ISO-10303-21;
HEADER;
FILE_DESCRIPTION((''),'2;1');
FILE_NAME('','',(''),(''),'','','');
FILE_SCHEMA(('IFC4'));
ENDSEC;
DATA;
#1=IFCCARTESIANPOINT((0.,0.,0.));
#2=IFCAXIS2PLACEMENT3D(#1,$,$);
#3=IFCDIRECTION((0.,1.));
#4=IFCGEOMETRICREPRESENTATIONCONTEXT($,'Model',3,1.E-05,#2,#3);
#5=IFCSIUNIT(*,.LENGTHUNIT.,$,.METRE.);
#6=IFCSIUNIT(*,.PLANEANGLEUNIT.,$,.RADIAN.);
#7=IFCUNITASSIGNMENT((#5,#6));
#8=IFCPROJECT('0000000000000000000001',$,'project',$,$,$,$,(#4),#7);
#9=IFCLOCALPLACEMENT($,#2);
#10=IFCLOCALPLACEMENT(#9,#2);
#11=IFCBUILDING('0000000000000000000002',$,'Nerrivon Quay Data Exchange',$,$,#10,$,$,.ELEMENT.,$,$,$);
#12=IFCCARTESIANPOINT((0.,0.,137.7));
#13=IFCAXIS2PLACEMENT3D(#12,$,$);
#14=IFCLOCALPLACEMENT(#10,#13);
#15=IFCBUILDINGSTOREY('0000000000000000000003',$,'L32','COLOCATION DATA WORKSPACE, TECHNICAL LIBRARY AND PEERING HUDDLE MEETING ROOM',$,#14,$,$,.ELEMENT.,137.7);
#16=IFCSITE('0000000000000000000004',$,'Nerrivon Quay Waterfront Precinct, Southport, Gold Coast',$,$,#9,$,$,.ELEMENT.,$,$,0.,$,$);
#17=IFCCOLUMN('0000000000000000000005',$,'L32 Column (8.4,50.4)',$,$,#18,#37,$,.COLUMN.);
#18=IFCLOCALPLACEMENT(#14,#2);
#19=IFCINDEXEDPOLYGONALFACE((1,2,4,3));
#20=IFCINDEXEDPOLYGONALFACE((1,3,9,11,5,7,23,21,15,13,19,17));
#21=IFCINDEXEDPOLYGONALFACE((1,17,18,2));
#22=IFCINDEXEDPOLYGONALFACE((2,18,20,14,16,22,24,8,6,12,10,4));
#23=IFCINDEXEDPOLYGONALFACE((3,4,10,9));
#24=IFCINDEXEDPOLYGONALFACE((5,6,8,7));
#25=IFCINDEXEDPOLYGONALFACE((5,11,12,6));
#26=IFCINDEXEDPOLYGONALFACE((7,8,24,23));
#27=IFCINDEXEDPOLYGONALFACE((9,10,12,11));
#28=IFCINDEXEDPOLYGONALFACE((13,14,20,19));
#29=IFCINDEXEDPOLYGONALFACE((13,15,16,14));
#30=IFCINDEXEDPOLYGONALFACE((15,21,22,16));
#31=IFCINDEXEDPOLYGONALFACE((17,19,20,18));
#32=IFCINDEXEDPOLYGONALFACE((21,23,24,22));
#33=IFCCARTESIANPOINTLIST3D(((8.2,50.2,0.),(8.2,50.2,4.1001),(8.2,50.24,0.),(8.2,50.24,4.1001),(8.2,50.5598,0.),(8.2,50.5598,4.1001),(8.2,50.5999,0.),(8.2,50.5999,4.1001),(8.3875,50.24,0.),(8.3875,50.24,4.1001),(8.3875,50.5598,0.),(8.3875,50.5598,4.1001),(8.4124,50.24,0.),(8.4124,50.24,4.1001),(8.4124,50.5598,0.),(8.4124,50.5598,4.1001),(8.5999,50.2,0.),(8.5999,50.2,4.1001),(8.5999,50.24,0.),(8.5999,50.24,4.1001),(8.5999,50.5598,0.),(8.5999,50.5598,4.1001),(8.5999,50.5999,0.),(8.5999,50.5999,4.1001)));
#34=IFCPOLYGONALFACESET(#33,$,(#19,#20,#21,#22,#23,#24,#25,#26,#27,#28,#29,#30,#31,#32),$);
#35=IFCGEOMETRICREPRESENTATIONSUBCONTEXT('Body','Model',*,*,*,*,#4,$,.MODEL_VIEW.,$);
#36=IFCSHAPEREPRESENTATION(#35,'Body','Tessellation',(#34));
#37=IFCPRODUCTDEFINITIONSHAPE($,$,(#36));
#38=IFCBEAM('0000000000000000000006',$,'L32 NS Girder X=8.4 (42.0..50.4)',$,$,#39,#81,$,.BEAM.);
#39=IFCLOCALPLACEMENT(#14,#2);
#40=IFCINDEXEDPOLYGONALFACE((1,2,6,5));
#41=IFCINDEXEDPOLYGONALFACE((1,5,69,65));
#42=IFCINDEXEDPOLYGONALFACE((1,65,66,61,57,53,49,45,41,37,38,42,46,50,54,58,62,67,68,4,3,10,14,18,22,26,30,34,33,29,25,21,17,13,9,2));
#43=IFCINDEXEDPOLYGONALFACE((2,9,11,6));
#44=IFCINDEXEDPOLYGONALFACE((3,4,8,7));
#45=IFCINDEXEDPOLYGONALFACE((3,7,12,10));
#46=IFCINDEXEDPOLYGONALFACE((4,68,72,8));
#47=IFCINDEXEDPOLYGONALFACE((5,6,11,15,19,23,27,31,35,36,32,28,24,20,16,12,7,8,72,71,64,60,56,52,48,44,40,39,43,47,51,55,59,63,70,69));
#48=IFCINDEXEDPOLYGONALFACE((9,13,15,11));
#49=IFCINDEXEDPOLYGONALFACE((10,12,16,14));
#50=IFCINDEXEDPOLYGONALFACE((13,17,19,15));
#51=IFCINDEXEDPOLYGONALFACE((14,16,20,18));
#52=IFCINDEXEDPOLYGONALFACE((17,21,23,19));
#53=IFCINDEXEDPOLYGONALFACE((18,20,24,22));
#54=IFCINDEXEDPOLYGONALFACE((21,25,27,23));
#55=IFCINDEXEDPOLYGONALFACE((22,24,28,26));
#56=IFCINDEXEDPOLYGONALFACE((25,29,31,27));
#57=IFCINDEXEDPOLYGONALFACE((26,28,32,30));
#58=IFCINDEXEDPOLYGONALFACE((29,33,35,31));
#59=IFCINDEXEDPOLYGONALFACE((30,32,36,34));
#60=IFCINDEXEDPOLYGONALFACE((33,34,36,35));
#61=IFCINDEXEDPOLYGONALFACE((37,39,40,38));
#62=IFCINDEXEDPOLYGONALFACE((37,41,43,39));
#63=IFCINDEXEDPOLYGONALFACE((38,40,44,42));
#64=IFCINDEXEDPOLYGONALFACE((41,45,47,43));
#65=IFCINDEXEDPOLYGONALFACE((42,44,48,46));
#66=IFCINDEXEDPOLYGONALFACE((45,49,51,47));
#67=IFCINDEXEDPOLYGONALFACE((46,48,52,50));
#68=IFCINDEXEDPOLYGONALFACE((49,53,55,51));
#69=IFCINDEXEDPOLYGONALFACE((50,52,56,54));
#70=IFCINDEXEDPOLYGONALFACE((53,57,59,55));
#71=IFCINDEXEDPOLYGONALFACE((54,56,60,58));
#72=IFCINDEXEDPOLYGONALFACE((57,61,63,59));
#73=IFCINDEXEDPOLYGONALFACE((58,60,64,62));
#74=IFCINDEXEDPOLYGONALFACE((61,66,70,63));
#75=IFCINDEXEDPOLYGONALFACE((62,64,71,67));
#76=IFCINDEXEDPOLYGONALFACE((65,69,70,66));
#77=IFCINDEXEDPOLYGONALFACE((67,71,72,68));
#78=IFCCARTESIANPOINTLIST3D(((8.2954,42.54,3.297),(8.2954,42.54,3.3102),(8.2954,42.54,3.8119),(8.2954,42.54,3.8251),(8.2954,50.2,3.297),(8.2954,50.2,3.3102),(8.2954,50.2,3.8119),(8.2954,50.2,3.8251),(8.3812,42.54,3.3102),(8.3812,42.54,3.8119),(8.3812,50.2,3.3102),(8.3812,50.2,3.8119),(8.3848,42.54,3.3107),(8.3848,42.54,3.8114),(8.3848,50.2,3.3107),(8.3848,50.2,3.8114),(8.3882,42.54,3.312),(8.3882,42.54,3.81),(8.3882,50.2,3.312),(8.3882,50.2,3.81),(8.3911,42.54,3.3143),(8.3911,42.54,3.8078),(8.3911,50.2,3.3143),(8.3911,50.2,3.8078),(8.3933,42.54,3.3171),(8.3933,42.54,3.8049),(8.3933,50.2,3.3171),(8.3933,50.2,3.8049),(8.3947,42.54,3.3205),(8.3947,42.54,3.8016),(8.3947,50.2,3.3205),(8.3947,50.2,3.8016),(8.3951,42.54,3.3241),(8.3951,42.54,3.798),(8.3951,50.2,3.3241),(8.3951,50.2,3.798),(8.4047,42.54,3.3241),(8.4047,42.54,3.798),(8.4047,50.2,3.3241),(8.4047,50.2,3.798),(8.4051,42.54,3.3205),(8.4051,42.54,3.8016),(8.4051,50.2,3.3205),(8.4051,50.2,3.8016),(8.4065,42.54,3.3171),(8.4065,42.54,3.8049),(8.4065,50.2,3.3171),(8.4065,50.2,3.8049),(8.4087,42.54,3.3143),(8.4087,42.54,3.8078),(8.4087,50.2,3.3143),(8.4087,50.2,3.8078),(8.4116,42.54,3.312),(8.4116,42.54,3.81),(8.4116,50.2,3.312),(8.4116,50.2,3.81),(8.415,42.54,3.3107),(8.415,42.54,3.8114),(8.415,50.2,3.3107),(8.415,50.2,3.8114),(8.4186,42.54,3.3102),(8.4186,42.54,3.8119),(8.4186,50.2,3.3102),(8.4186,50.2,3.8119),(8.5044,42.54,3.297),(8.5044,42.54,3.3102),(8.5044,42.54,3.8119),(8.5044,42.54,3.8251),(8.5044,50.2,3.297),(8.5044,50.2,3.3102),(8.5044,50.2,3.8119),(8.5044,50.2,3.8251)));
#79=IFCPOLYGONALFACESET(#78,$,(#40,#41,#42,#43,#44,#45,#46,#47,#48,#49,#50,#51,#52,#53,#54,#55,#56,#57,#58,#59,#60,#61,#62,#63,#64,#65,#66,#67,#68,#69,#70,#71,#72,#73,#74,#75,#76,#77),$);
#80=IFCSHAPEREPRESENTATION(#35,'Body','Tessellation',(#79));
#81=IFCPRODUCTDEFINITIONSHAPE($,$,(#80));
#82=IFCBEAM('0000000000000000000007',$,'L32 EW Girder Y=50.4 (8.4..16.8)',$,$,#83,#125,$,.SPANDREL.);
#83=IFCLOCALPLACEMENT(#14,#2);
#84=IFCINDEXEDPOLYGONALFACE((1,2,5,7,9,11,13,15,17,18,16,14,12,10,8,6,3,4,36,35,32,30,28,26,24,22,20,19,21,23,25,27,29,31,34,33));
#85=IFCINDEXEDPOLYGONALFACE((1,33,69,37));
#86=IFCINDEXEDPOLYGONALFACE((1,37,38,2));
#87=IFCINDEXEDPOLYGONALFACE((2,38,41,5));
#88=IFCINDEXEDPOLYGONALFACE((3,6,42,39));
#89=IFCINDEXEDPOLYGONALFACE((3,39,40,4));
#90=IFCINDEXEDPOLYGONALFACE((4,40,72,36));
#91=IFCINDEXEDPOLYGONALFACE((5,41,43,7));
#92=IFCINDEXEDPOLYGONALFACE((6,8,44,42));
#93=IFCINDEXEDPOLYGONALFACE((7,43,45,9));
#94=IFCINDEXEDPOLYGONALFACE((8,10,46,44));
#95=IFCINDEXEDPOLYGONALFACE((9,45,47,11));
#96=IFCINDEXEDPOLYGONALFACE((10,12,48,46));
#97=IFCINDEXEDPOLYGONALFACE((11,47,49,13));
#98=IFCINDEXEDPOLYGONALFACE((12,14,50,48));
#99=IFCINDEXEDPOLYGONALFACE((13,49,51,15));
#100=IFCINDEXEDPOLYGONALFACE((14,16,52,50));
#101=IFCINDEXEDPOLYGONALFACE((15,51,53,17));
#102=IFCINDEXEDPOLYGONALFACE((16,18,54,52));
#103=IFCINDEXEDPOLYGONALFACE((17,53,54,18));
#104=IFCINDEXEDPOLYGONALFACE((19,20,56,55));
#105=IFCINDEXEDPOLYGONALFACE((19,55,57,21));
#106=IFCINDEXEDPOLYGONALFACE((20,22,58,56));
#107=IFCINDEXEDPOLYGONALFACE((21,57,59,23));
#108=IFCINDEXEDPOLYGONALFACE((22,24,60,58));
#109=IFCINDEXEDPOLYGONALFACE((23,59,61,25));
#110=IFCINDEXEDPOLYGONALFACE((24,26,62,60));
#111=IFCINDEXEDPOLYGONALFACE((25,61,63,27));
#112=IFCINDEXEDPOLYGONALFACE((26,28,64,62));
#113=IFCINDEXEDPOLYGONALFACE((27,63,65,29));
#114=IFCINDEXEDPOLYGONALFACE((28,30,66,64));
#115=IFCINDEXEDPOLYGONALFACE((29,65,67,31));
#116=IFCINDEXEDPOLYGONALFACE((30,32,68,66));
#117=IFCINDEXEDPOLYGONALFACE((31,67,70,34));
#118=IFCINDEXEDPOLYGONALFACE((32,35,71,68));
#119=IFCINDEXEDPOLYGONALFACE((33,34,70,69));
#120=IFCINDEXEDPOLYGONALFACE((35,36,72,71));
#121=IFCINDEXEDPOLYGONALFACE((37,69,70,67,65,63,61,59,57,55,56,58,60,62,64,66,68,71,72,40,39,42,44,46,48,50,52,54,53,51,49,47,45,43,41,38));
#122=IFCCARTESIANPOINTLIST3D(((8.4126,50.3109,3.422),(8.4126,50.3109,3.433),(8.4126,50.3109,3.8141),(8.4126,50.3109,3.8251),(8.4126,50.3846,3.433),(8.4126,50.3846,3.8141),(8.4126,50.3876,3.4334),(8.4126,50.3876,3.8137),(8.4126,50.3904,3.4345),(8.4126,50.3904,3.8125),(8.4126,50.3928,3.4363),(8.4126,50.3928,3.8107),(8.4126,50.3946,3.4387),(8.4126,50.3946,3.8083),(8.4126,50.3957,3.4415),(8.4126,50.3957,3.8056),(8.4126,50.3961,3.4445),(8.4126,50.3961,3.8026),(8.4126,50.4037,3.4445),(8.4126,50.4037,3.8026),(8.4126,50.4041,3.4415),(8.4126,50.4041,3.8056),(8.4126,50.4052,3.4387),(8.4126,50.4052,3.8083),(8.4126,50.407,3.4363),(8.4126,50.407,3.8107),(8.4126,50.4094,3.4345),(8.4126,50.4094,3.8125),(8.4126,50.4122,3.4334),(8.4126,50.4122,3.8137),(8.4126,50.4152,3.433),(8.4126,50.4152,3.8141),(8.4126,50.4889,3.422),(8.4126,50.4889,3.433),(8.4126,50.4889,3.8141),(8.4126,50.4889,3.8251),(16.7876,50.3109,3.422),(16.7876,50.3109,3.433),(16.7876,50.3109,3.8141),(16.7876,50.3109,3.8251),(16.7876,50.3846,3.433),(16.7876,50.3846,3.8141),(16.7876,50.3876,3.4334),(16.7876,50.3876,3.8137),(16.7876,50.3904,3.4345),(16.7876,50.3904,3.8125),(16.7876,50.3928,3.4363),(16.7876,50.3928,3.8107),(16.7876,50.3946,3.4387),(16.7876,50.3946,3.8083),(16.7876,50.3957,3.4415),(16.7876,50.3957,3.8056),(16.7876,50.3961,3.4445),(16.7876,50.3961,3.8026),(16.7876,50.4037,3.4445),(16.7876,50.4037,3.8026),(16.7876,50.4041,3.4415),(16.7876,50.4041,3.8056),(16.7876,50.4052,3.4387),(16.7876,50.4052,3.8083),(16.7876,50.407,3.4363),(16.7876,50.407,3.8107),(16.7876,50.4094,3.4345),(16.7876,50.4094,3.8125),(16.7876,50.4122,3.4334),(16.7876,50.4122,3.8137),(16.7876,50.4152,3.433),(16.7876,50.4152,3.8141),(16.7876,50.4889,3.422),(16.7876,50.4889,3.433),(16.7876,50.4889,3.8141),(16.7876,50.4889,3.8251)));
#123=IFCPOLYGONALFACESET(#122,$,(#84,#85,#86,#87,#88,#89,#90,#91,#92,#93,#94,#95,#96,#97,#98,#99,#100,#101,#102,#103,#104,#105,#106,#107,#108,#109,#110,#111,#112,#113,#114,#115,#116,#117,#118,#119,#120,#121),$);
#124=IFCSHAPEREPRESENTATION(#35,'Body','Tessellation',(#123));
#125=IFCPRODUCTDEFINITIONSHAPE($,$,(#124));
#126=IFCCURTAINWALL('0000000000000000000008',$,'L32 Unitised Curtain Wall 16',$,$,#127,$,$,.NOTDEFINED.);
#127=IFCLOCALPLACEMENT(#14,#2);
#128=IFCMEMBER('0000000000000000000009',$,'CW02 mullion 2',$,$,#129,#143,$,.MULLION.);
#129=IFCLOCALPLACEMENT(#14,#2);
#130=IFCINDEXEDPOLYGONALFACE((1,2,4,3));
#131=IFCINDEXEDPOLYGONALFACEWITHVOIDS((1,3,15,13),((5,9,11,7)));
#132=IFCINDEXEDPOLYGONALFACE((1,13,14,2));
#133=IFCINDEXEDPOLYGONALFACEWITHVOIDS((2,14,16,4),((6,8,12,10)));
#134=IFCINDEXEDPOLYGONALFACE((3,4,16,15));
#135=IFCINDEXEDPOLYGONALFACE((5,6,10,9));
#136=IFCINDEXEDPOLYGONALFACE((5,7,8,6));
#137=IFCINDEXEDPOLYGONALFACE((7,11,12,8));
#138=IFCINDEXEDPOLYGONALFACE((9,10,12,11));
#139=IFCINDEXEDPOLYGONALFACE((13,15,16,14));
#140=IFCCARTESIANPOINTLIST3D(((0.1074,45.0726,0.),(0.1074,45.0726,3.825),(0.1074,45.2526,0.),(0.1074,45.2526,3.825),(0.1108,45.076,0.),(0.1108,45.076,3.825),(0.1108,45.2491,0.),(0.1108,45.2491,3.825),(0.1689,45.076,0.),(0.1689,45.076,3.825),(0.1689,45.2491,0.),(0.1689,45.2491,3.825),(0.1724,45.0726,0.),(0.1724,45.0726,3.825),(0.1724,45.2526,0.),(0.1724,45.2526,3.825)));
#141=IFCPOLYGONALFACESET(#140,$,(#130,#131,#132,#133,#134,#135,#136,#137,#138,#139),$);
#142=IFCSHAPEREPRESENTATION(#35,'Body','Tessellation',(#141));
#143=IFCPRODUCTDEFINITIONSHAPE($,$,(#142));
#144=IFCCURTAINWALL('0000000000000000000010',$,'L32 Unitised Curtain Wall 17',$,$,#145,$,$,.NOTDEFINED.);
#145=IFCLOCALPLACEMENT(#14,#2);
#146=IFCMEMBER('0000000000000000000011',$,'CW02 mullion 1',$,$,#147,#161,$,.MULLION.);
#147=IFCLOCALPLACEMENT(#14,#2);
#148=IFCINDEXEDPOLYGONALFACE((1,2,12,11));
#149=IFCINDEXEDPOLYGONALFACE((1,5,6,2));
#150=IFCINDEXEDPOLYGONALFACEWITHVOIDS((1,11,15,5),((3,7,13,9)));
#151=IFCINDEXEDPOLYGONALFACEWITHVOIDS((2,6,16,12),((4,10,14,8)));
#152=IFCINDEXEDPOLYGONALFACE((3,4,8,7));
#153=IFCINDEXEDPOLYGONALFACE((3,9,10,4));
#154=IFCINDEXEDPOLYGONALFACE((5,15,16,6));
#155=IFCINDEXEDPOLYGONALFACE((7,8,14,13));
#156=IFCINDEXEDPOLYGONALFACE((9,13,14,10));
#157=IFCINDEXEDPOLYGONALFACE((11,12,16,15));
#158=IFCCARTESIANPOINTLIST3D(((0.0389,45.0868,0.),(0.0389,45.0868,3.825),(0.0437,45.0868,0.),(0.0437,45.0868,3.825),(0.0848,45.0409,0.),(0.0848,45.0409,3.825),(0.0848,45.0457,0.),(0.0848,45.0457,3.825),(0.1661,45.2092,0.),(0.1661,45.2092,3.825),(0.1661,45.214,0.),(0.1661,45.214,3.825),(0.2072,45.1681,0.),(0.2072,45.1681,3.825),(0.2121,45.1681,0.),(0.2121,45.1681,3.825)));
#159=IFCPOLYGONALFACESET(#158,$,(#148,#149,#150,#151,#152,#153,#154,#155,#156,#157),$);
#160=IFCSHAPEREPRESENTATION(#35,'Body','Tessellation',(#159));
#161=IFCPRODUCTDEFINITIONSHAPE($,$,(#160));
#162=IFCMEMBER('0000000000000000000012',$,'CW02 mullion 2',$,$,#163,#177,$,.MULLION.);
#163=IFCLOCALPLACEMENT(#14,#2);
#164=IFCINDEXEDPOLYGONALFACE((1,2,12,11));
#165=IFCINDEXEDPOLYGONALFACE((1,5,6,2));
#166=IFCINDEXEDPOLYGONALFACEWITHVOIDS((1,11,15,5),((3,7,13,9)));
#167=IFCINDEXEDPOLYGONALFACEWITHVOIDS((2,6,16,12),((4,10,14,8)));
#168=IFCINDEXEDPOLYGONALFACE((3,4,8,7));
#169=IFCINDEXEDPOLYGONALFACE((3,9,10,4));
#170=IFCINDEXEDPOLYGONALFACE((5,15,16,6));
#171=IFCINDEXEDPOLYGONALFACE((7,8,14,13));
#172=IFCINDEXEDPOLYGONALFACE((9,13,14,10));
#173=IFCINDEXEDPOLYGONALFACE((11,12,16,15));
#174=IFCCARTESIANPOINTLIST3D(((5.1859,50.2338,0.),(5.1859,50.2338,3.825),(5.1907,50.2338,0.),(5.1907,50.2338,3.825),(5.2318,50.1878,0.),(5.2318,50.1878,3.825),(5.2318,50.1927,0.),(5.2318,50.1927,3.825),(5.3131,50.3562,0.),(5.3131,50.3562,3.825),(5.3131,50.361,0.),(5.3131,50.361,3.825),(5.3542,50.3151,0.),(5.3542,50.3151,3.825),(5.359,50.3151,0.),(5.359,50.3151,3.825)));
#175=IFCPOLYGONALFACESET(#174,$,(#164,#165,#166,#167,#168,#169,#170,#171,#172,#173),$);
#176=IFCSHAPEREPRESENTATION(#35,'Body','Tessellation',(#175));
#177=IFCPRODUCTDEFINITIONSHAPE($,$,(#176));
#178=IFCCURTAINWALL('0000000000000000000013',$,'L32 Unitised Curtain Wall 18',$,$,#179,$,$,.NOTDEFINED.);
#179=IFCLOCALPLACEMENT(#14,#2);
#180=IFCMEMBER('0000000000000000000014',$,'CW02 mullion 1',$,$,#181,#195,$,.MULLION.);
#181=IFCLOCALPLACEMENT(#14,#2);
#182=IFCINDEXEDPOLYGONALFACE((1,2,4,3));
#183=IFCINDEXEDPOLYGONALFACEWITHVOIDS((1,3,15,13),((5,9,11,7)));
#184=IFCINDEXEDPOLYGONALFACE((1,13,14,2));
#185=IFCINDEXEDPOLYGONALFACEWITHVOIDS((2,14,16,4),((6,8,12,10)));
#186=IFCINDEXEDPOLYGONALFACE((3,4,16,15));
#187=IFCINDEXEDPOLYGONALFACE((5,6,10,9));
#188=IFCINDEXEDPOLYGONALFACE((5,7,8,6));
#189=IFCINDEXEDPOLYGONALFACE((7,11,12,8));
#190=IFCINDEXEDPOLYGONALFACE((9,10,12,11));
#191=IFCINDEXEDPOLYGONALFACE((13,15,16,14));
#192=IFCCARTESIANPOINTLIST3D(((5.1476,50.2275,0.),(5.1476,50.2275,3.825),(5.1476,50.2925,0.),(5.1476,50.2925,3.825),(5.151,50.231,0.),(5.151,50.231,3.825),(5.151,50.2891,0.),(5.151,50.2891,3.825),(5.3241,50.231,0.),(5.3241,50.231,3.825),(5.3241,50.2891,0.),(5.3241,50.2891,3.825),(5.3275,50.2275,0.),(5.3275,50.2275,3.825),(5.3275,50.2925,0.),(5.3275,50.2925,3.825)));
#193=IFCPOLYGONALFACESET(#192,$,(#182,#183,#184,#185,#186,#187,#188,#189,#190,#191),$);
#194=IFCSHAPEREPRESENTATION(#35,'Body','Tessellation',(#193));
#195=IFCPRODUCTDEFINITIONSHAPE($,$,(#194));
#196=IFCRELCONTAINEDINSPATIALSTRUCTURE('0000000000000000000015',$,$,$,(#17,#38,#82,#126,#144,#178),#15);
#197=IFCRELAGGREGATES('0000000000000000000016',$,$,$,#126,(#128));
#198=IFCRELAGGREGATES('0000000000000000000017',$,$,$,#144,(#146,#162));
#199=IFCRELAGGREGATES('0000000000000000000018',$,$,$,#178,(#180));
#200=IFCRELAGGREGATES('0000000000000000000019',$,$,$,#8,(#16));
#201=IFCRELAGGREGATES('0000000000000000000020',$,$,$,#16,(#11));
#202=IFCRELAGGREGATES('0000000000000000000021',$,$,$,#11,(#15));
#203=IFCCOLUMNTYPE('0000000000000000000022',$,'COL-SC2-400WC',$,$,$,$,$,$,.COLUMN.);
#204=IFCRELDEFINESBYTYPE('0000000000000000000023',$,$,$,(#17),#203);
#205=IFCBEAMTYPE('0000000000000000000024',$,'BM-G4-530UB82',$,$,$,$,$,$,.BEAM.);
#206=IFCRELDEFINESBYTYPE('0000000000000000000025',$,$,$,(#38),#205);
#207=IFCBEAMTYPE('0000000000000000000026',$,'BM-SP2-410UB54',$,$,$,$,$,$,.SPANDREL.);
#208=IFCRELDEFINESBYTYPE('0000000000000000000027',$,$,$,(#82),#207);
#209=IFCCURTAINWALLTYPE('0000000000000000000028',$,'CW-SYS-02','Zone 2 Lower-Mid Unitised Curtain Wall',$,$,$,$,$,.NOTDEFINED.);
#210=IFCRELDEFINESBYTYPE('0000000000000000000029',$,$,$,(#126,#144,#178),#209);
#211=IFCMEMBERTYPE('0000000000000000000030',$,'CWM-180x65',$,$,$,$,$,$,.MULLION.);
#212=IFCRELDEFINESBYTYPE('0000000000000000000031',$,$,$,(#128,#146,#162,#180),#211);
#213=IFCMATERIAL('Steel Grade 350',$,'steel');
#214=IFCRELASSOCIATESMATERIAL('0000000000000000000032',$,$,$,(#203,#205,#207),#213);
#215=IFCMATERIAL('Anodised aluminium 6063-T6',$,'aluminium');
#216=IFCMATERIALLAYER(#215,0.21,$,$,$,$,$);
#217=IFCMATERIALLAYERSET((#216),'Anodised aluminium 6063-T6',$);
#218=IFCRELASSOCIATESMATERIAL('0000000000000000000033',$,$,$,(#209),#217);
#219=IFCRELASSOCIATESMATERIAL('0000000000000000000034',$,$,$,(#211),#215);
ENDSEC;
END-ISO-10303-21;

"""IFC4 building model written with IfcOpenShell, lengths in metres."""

from ifc_helpers import new_model, si_unit, direction, frame, origin, origin_2d, place, context, subcontext, project, spatial, hollow_rectangle, i_section, extrude, material, layer, layer_set, material_profile, profile_set, type_object, element, aggregate, save


model = new_model("IFC4")

# Units and contexts
model_context = context("Model", 3, precision=1e-05, world=origin(), true_north=direction((0.0, 1.0)))
body_context = subcontext(model_context, "Body", "Model", "MODEL_VIEW")
ifc_project = project(units=[si_unit("LENGTHUNIT", "METRE"), si_unit("PLANEANGLEUNIT", "RADIAN")], contexts=[model_context])

# Site, building, storey
site_placement = place(None, origin())
site = spatial("IfcSite", under=ifc_project, at=site_placement, Name="Nerrivon Quay Waterfront Precinct, Southport, Gold Coast", CompositionType="ELEMENT", RefElevation=0.0)
building_placement = place(site_placement, origin())
building = spatial("IfcBuilding", under=site, at=building_placement, Name="Nerrivon Quay Data Exchange", CompositionType="ELEMENT")
storey_placement = place(building_placement, frame((0.0, 0.0, 137.7)))
storey = spatial("IfcBuildingStorey", under=building, at=storey_placement, Name="L32", Description="COLOCATION DATA WORKSPACE, TECHNICAL LIBRARY AND PEERING HUDDLE MEETING ROOM", CompositionType="ELEMENT", Elevation=137.7)

# Column
ifc_material_1 = material(Name="Steel Grade 350", Category="steel")
ifc_material_profile_1 = material_profile(ifc_material_1, i_section(OverallWidth=0.3999, OverallDepth=0.3999, WebThickness=0.0249, FlangeThickness=0.04, at=origin_2d()), Name="400WC328")
ifc_profile_set_1 = profile_set([ifc_material_profile_1], Name="Steel Grade 350")
column_type = type_object("IfcColumnType", Name="COL-SC2-400WC", PredefinedType="COLUMN", material=ifc_profile_set_1)
column_placement = place(storey_placement, frame((8.3999, 50.3999, 0.0), z_axis=(0.0, 0.0, 1.0), x_axis=(1.0, 0.0, 0.0)))
element("IfcColumn", 1, at=column_placement, inside=storey, type_object=column_type, Name="L32 Column (8.4,50.4)", PredefinedType="COLUMN", context=body_context, shape_type="SweptSolid", body=[
    extrude(i_section(OverallWidth=0.3999, OverallDepth=0.3999, WebThickness=0.0249, FlangeThickness=0.04, at=origin_2d()), origin(), (0.0, 0.0, 1.0), 4.1001),
])

# Beams
ifc_material_profile_2 = material_profile(ifc_material_1, i_section(OverallWidth=0.209, OverallDepth=0.5281, WebThickness=0.0095, FlangeThickness=0.0132, FilletRadius=0.0139, at=origin_2d()), Name="530UB82.0")
ifc_profile_set_2 = profile_set([ifc_material_profile_2], Name="Steel Grade 350")
beam_type_1 = type_object("IfcBeamType", Name="BM-G4-530UB82", PredefinedType="BEAM", material=ifc_profile_set_2)
beam_1_placement = place(storey_placement, frame((8.3999, 42.54, 3.561), z_axis=(0.0, 1.0, 0.0), x_axis=(-1.0, 0.0, 0.0)))
element("IfcBeam", 2, at=beam_1_placement, inside=storey, type_object=beam_type_1, Name="L32 NS Girder X=8.4 (42.0..50.4)", PredefinedType="BEAM", context=body_context, shape_type="SweptSolid", body=[
    extrude(i_section(OverallWidth=0.209, OverallDepth=0.5281, WebThickness=0.0095, FlangeThickness=0.0132, FilletRadius=0.0139, at=origin_2d()), origin(), (0.0, 0.0, 1.0), 7.6599),
])
ifc_material_profile_3 = material_profile(ifc_material_1, i_section(OverallWidth=0.178, OverallDepth=0.4031, WebThickness=0.0076, FlangeThickness=0.011, FilletRadius=0.0115, at=origin_2d()), Name="410UB53.7")
ifc_profile_set_3 = profile_set([ifc_material_profile_3], Name="Steel Grade 350")
beam_type_2 = type_object("IfcBeamType", Name="BM-SP2-410UB54", PredefinedType="SPANDREL", material=ifc_profile_set_3)
beam_2_placement = place(storey_placement, frame((8.4126, 50.3999, 3.6235), z_axis=(1.0, 0.0, 0.0), x_axis=(0.0, 1.0, 0.0)))
element("IfcBeam", 3, at=beam_2_placement, inside=storey, type_object=beam_type_2, Name="L32 EW Girder Y=50.4 (8.4..16.8)", PredefinedType="SPANDREL", context=body_context, shape_type="SweptSolid", body=[
    extrude(i_section(OverallWidth=0.178, OverallDepth=0.4031, WebThickness=0.0076, FlangeThickness=0.011, FilletRadius=0.0115, at=origin_2d()), origin(), (0.0, 0.0, 1.0), 8.375),
])

# Curtain wall, member
ifc_material_2 = material(Name="Anodised aluminium 6063-T6", Category="aluminium")
ifc_layer_1 = layer(ifc_material_2, 0.21)
ifc_layer_set_1 = layer_set([ifc_layer_1], Name="Anodised aluminium 6063-T6")
curtain_wall_type = type_object("IfcCurtainWallType", Name="CW-SYS-02", Description="Zone 2 Lower-Mid Unitised Curtain Wall", PredefinedType="NOTDEFINED", material=ifc_layer_set_1)
curtain_wall_1_placement = place(storey_placement, origin())
curtain_wall_1 = element("IfcCurtainWall", 4, at=curtain_wall_1_placement, inside=storey, type_object=curtain_wall_type, Name="L32 Unitised Curtain Wall 16", PredefinedType="NOTDEFINED")
ifc_material_profile_4 = material_profile(ifc_material_2, hollow_rectangle(XDim=0.0649, YDim=0.1799, WallThickness=0.0034, at=origin_2d()), Name="ALU-MULL-180x65")
ifc_profile_set_4 = profile_set([ifc_material_profile_4], Name="Anodised aluminium 6063-T6")
member_type_1 = type_object("IfcMemberType", Name="CWM-180x65", PredefinedType="MULLION", material=ifc_profile_set_4)
member_1_placement = place(storey_placement, frame((0.1399, 45.1626, 0.0), z_axis=(0.0, 0.0, 1.0), x_axis=(-1.0, 0.0, 0.0)))
member_1 = element("IfcMember", 5, at=member_1_placement, type_object=member_type_1, Name="CW02 mullion 2", PredefinedType="MULLION", context=body_context, shape_type="SweptSolid", body=[
    extrude(hollow_rectangle(XDim=0.0649, YDim=0.1799, WallThickness=0.0034, at=origin_2d()), origin(), (0.0, 0.0, 1.0), 3.825),
])

# Curtain walls, members
curtain_wall_2_placement = place(storey_placement, origin())
curtain_wall_2 = element("IfcCurtainWall", 6, at=curtain_wall_2_placement, inside=storey, type_object=curtain_wall_type, Name="L32 Unitised Curtain Wall 17", PredefinedType="NOTDEFINED")
member_2_placement = place(storey_placement, frame((0.1255, 45.1274, 0.0), z_axis=(0.0, 0.0, 1.0), x_axis=(-0.707107, 0.707107, 0.0)))
member_2 = element("IfcMember", 7, at=member_2_placement, type_object=member_type_1, Name="CW02 mullion 1", PredefinedType="MULLION", context=body_context, shape_type="SweptSolid", body=[
    extrude(hollow_rectangle(XDim=0.0649, YDim=0.1799, WallThickness=0.0034, at=origin_2d()), origin(), (0.0, 0.0, 1.0), 3.825),
])
member_3_placement = place(storey_placement, frame((5.2725, 50.2744, 0.0), z_axis=(0.0, 0.0, 1.0), x_axis=(-0.707107, 0.707107, 0.0)))
member_3 = element("IfcMember", 8, at=member_3_placement, type_object=member_type_1, Name="CW02 mullion 2", PredefinedType="MULLION", context=body_context, shape_type="SweptSolid", body=[
    extrude(hollow_rectangle(XDim=0.0649, YDim=0.1799, WallThickness=0.0034, at=origin_2d()), origin(), (0.0, 0.0, 1.0), 3.825),
])
curtain_wall_3_placement = place(storey_placement, origin())
curtain_wall_3 = element("IfcCurtainWall", 9, at=curtain_wall_3_placement, inside=storey, type_object=curtain_wall_type, Name="L32 Unitised Curtain Wall 18", PredefinedType="NOTDEFINED")
member_4_placement = place(storey_placement, frame((5.2375, 50.26, 0.0), z_axis=(0.0, 0.0, 1.0), x_axis=(0.0, 1.0, 0.0)))
member_4 = element("IfcMember", 10, at=member_4_placement, type_object=member_type_1, Name="CW02 mullion 1", PredefinedType="MULLION", context=body_context, shape_type="SweptSolid", body=[
    extrude(hollow_rectangle(XDim=0.0649, YDim=0.1799, WallThickness=0.0034, at=origin_2d()), origin(), (0.0, 0.0, 1.0), 3.825),
])

aggregate(curtain_wall_1, [member_1])
aggregate(curtain_wall_2, [member_2, member_3])
aggregate(curtain_wall_3, [member_4])

save(model, "model.ifc")
